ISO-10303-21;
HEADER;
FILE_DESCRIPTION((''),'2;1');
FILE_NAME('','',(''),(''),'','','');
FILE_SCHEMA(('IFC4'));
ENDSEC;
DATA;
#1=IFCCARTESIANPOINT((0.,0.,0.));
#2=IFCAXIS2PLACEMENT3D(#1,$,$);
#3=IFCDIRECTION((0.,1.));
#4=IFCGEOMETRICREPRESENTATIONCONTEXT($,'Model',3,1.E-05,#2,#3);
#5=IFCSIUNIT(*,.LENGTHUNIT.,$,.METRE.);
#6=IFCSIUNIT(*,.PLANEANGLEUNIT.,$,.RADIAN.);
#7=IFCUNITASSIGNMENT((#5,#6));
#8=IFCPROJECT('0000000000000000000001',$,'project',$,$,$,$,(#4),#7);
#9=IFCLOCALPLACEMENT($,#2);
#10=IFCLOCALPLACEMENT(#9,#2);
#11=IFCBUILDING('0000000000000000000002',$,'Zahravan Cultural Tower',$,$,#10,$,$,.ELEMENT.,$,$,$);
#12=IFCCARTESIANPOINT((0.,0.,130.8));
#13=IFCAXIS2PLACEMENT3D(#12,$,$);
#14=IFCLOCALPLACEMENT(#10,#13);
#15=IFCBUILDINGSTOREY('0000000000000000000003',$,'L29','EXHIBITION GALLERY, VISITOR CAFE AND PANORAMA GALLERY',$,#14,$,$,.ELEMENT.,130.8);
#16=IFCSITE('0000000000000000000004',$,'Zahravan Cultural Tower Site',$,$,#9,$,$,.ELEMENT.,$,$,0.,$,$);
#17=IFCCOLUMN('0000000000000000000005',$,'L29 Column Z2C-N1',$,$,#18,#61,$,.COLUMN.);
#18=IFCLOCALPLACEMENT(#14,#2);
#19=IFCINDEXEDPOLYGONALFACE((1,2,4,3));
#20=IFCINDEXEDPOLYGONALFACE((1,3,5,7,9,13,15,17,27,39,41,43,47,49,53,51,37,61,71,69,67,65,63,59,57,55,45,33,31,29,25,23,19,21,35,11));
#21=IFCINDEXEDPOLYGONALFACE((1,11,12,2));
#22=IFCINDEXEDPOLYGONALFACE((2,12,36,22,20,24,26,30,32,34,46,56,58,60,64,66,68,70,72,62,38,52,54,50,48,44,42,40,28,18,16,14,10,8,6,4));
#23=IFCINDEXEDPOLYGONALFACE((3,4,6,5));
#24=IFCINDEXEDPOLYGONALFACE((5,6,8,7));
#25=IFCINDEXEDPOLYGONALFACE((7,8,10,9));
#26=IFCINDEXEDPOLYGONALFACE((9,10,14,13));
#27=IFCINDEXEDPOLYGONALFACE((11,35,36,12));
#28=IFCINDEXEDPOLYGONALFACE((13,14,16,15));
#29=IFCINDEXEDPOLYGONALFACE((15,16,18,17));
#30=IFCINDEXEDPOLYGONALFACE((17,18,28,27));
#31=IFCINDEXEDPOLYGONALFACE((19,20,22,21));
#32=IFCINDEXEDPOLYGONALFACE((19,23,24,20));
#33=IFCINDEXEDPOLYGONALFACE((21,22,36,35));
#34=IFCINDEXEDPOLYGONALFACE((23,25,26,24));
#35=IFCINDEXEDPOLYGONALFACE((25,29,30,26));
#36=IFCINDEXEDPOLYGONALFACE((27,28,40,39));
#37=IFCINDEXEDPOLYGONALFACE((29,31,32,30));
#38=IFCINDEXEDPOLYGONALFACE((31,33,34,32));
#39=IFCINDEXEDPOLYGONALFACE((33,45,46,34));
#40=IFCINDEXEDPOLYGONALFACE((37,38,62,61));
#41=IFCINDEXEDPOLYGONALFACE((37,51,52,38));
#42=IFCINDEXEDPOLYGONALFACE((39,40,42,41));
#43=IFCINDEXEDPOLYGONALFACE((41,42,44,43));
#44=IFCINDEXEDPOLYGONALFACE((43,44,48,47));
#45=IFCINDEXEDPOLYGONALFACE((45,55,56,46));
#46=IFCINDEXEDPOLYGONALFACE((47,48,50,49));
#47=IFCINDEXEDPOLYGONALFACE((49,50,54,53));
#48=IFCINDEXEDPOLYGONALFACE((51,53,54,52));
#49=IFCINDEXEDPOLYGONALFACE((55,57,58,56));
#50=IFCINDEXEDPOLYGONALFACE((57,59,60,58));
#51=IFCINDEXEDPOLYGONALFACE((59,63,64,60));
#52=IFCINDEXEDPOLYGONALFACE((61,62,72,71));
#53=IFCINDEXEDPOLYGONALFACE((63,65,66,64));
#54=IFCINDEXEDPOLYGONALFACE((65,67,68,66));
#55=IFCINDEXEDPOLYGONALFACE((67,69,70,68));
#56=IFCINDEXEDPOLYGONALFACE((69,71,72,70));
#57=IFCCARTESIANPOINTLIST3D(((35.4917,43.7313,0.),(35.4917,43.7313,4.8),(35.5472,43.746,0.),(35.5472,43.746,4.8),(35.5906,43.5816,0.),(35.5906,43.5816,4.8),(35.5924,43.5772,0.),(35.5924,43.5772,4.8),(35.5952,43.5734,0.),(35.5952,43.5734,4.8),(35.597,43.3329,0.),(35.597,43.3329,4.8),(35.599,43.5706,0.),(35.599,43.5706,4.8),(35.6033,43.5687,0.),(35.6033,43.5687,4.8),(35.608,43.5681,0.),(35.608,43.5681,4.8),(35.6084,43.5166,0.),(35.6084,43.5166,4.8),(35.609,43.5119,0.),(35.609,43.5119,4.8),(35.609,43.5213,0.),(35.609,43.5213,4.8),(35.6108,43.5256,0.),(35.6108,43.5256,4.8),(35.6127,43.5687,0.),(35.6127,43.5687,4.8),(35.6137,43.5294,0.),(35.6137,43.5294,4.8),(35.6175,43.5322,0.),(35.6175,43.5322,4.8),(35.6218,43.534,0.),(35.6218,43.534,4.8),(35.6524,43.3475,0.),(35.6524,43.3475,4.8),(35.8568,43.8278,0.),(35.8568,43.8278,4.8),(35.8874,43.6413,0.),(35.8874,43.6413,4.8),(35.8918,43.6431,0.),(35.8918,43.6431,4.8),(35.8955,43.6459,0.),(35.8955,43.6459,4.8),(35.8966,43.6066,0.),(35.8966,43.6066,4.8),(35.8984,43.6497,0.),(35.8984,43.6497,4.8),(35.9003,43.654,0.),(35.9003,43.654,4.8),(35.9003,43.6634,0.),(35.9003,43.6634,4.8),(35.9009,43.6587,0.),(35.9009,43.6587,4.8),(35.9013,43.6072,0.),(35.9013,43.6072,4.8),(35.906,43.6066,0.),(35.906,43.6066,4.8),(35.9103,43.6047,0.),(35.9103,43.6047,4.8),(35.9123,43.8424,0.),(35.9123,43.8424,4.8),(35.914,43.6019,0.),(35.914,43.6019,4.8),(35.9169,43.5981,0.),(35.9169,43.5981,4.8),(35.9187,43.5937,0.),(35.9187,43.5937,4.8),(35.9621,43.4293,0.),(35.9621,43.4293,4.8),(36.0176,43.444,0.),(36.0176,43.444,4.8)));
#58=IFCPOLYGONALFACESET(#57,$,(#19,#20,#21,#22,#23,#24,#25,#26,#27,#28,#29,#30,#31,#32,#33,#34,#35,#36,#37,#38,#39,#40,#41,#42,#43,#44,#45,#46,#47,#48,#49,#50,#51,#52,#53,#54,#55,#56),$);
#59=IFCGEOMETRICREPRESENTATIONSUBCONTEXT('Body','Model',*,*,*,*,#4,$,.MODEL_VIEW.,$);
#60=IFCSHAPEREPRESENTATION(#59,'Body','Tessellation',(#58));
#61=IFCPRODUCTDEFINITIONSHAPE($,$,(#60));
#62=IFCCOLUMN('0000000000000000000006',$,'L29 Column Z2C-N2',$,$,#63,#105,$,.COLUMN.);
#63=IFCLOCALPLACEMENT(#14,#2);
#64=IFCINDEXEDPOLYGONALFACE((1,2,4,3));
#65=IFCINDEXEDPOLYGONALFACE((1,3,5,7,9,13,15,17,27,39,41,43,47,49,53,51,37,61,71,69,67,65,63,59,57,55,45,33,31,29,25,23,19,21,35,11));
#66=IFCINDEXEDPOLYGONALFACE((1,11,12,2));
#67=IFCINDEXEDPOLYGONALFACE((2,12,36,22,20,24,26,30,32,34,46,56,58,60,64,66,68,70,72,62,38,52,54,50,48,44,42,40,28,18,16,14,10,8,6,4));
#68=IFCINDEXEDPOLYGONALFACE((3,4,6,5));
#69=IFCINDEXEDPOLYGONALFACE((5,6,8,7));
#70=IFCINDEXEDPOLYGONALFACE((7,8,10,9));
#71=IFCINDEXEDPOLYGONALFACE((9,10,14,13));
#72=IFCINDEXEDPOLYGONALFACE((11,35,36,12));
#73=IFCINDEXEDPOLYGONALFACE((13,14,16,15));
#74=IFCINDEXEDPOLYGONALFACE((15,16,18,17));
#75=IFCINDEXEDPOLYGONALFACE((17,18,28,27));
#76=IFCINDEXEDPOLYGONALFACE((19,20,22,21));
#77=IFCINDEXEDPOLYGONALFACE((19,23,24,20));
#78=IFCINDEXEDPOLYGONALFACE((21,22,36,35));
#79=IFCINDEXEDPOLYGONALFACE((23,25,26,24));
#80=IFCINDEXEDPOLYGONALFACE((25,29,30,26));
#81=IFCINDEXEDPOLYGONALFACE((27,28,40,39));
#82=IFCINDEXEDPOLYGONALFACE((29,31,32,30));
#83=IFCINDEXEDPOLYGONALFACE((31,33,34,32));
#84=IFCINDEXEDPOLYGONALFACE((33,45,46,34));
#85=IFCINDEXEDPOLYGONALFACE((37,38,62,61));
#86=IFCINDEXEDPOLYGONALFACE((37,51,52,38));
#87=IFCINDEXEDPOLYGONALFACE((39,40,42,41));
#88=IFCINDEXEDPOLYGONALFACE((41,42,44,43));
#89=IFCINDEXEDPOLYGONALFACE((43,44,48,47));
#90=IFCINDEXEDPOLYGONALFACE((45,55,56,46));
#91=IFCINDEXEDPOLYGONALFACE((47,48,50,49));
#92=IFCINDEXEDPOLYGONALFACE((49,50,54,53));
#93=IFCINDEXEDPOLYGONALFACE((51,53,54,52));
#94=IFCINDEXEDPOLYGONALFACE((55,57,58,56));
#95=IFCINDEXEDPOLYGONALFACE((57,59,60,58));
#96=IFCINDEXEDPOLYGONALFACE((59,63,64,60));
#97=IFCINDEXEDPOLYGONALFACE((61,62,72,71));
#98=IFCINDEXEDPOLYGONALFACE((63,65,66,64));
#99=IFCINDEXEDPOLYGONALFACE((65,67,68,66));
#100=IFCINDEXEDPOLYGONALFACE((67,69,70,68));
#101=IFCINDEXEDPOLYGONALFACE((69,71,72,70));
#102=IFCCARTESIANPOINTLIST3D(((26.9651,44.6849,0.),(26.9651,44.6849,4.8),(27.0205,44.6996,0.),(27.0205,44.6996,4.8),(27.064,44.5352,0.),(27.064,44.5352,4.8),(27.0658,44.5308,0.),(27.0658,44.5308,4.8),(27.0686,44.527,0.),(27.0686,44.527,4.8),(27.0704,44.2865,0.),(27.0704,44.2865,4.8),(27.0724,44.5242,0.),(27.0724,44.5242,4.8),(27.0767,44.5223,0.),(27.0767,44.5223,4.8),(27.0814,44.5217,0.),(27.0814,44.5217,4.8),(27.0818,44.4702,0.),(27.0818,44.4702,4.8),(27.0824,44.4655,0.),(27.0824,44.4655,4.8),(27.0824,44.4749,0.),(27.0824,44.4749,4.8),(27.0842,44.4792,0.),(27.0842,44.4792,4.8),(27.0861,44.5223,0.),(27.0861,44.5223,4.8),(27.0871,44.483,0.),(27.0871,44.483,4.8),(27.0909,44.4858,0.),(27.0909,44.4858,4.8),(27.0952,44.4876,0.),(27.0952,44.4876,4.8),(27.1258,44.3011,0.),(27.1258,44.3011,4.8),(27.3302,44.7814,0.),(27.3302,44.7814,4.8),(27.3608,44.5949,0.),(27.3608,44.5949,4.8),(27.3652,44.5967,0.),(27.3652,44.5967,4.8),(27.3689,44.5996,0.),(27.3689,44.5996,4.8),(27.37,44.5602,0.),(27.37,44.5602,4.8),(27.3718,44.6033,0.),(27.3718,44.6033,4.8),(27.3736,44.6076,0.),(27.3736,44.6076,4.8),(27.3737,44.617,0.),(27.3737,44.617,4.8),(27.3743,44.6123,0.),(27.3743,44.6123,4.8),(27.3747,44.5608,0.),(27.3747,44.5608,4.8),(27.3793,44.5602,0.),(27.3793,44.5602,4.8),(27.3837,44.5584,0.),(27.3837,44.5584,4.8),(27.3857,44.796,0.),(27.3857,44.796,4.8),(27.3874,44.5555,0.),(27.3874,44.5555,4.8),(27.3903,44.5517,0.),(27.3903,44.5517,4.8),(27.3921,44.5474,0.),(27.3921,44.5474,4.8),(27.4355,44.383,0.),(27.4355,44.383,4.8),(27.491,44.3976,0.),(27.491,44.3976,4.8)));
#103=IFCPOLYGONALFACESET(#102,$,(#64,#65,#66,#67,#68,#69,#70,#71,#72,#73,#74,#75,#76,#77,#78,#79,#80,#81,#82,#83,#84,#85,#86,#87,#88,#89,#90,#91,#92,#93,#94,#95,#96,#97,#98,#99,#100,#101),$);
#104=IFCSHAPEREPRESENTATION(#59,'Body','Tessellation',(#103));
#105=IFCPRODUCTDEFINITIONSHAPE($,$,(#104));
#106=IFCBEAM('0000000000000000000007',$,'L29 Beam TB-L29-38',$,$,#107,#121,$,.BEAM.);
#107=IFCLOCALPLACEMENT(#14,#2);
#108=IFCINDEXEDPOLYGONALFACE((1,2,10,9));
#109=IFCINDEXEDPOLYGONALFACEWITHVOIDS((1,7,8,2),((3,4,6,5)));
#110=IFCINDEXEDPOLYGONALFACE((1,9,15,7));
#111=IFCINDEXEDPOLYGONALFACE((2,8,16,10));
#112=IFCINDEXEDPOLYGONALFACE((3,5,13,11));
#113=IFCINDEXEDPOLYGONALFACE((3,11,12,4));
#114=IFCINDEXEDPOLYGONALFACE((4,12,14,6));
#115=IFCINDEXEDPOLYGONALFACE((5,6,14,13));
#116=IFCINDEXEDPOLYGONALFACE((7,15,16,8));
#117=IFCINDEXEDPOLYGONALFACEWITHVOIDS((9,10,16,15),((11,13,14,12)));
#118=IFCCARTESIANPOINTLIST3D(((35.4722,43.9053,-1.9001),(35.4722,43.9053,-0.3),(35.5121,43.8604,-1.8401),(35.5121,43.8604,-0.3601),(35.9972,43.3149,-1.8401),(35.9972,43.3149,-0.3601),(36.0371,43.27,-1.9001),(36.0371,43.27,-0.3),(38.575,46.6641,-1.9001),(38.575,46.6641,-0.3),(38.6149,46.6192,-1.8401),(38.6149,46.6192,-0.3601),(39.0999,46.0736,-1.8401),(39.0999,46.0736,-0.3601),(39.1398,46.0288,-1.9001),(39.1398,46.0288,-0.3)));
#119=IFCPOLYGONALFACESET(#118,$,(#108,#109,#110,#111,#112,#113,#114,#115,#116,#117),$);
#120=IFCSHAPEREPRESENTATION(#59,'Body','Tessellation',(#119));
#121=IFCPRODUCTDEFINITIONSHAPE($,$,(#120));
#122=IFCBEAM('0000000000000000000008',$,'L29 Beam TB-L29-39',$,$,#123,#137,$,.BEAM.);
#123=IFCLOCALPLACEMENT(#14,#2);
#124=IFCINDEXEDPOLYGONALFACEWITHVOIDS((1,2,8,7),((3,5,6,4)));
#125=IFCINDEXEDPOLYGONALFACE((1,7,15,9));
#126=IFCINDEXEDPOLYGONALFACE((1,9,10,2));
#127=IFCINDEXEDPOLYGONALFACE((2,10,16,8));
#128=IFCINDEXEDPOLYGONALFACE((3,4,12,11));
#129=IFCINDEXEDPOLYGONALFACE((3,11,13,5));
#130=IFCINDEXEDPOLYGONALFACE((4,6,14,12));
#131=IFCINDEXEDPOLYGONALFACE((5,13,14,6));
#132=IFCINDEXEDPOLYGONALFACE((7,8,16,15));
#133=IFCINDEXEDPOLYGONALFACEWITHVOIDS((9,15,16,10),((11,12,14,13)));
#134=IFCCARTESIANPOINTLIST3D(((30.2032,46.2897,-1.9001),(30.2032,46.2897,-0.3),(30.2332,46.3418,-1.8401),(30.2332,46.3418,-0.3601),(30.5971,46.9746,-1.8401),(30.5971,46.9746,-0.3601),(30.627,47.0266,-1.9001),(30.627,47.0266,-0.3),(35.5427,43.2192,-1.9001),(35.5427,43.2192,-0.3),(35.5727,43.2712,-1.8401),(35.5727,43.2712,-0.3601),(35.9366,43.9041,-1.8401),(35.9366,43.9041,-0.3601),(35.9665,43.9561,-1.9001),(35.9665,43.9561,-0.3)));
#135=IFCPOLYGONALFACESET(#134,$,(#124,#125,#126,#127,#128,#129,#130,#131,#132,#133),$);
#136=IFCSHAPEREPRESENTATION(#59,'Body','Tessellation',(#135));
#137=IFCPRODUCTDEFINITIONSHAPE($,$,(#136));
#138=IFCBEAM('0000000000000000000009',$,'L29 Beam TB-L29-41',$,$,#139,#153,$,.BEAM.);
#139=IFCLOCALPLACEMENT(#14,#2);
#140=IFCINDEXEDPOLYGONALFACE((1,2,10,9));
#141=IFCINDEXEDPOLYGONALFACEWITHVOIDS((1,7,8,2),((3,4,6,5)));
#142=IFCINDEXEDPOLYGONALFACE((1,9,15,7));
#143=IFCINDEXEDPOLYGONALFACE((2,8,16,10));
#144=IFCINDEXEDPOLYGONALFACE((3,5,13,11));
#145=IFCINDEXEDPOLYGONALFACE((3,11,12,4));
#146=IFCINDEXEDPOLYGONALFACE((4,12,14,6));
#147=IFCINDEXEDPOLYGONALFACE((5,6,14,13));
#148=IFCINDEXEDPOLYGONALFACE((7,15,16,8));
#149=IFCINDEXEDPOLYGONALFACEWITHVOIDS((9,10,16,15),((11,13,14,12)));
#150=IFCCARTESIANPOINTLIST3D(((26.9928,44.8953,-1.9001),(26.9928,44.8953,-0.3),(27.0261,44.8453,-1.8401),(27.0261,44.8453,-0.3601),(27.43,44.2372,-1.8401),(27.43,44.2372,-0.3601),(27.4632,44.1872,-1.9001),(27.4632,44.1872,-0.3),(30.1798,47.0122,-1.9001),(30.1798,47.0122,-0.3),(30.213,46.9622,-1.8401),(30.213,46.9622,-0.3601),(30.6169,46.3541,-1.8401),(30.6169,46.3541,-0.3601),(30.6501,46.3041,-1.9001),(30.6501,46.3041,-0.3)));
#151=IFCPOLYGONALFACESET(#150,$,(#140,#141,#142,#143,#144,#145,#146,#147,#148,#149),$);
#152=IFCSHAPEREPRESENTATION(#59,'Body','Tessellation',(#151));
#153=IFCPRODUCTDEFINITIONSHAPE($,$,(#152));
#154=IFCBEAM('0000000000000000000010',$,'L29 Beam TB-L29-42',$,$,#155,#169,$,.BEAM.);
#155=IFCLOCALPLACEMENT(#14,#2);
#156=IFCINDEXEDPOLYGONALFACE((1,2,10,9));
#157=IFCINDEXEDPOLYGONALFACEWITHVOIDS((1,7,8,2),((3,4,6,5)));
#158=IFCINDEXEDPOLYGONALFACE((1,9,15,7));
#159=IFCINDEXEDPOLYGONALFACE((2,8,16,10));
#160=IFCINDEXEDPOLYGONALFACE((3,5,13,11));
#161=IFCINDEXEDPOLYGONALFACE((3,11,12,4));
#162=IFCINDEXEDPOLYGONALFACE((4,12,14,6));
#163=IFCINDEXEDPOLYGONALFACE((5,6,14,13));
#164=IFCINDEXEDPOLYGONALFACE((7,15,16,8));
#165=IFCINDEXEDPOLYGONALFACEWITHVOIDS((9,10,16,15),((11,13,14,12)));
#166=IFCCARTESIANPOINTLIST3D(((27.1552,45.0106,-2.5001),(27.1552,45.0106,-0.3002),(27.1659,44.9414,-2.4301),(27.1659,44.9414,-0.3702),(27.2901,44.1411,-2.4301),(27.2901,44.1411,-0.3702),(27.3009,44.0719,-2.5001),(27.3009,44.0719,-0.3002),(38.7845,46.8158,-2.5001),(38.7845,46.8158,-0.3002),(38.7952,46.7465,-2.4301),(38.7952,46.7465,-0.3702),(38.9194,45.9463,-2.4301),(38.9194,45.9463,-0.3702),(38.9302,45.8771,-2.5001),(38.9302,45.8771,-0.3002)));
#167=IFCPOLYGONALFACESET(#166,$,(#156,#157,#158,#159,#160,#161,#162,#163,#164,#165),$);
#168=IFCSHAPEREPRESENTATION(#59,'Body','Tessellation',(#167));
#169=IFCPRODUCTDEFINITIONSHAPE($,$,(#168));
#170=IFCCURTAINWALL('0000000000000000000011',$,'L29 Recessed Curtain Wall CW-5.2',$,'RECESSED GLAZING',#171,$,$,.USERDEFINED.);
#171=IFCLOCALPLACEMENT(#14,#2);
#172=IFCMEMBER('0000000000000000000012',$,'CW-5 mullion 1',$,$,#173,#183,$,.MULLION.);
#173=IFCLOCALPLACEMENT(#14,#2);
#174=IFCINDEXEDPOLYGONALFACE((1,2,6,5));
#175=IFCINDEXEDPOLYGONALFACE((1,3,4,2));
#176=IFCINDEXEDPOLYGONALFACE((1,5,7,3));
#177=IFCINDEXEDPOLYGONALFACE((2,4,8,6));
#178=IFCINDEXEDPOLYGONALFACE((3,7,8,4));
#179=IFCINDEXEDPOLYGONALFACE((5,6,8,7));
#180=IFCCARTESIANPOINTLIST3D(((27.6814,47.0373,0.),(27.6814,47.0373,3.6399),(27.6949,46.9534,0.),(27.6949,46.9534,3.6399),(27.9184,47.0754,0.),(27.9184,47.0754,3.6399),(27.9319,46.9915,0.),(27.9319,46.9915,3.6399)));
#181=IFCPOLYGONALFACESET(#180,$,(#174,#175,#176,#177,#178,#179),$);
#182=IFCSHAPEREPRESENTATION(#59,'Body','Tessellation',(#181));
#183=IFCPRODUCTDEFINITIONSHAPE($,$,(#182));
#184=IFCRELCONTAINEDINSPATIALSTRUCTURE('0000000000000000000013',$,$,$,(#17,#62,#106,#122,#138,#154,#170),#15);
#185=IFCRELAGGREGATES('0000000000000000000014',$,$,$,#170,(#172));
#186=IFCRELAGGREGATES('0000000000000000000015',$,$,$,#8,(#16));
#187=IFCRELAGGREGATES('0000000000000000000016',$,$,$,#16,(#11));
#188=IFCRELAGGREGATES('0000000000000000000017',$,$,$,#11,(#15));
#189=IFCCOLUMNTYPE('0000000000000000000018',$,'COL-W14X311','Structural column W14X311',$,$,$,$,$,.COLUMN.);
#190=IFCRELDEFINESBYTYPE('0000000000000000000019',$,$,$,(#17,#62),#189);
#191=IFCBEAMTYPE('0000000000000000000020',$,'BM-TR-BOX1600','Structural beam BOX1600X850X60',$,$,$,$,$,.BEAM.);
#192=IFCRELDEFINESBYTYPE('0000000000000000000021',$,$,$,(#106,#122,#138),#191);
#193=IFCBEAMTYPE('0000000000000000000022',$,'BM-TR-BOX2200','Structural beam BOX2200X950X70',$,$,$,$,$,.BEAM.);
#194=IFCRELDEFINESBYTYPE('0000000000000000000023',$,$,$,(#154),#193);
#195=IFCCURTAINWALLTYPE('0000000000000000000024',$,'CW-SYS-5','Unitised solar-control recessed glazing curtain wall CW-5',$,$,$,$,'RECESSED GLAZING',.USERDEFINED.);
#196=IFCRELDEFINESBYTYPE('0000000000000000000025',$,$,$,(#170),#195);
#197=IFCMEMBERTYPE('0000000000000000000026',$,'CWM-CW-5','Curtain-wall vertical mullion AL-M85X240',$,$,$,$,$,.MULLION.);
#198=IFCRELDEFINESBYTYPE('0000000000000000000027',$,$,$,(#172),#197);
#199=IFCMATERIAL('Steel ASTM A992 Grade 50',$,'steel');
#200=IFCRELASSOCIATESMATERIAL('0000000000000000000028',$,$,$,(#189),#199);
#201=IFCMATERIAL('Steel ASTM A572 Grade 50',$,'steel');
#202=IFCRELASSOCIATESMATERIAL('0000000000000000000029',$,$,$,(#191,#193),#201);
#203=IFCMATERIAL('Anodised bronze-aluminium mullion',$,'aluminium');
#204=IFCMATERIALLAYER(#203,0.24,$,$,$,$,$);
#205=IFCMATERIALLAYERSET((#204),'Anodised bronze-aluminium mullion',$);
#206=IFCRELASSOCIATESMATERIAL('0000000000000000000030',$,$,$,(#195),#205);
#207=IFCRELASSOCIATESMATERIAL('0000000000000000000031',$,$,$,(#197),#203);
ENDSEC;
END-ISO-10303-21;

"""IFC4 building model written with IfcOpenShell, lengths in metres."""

from ifc_helpers import new_model, si_unit, direction, frame, origin, origin_2d, place, context, subcontext, project, spatial, rectangle, hollow_rectangle, i_section, extrude, source, transform, mapped, material, layer, layer_set, material_profile, profile_set, type_object, element, aggregate, save


model = new_model("IFC4")

# Units and contexts
model_context = context("Model", 3, precision=1e-05, world=origin(), true_north=direction((0.0, 1.0)))
body_context = subcontext(model_context, "Body", "Model", "MODEL_VIEW")
ifc_project = project(units=[si_unit("LENGTHUNIT", "METRE"), si_unit("PLANEANGLEUNIT", "RADIAN")], contexts=[model_context])

# Site, building, storey
site_placement = place(None, origin())
site = spatial("IfcSite", under=ifc_project, at=site_placement, Name="Zahravan Cultural Tower Site", CompositionType="ELEMENT", RefElevation=0.0)
building_placement = place(site_placement, origin())
building = spatial("IfcBuilding", under=site, at=building_placement, Name="Zahravan Cultural Tower", CompositionType="ELEMENT")
storey_placement = place(building_placement, frame((0.0, 0.0, 130.8)))
storey = spatial("IfcBuildingStorey", under=building, at=storey_placement, Name="L29", Description="EXHIBITION GALLERY, VISITOR CAFE AND PANORAMA GALLERY", CompositionType="ELEMENT", Elevation=130.8)

# Columns
ifc_material_1 = material(Name="Steel ASTM A992 Grade 50", Category="steel")
ifc_material_profile_1 = material_profile(ifc_material_1, i_section(OverallWidth=0.4121, OverallDepth=0.4351, WebThickness=0.0359, FlangeThickness=0.0574, FilletRadius=0.0181, at=origin_2d()), Name="W14X311")
ifc_profile_set_1 = profile_set([ifc_material_profile_1], Name="Steel ASTM A992 Grade 50")
column_type = type_object("IfcColumnType", Name="COL-W14X311", Description="Structural column W14X311", PredefinedType="COLUMN", material=ifc_profile_set_1)
shared_shape_1 = source(origin(), body_context, "Body", "SweptSolid", [
    extrude(i_section(OverallWidth=0.4121, OverallDepth=0.4351, WebThickness=0.0359, FlangeThickness=0.0574, FilletRadius=0.0181, at=origin_2d()), origin(), (0.0, 0.0, 1.0), 4.8),
])
for number, where, z_axis, x_axis, name in (
    (1, (35.7546, 43.5876, 0.0), (0.0, 0.0, 1.0), (-0.255446, 0.966823, 0.0), "L29 Column Z2C-N1"),
    (2, (27.228, 44.5413, 0.0), (0.0, 0.0, 1.0), (-0.255446, 0.966823, 0.0), "L29 Column Z2C-N2"),
):
    element("IfcColumn", number, at=place(storey_placement, frame(where, z_axis=z_axis, x_axis=x_axis)), inside=storey, type_object=column_type, Name=name, PredefinedType="COLUMN", context=body_context, shape_type="MappedRepresentation", body=[
        mapped(shared_shape_1, transform((0.0, 0.0, 0.0), x_axis=(1.0, 0.0, 0.0), y_axis=(0.0, 1.0, 0.0), z_axis=(0.0, 0.0, 1.0), scale=1.0)),
    ])

# Beams
ifc_material_2 = material(Name="Steel ASTM A572 Grade 50", Category="steel")
ifc_material_profile_2 = material_profile(ifc_material_2, hollow_rectangle(XDim=0.8501, YDim=1.6001, WallThickness=0.0601, at=origin_2d()), Name="BOX1600X850X60")
ifc_profile_set_2 = profile_set([ifc_material_profile_2], Name="Steel ASTM A572 Grade 50")
beam_type_1 = type_object("IfcBeamType", Name="BM-TR-BOX1600", Description="Structural beam BOX1600X850X60", PredefinedType="BEAM", material=ifc_profile_set_2)
shared_shape_2 = source(origin(), body_context, "Body", "SweptSolid", [
    extrude(hollow_rectangle(XDim=0.8501, YDim=1.6001, WallThickness=0.0601, at=origin_2d()), origin(), (0.0, 0.0, 1.0), 4.1519),
])
beam_1_placement = place(storey_placement, frame((35.7546, 43.5876, -1.1001), z_axis=(0.747318, 0.664466, 0.0), x_axis=(-0.664466, 0.747318, 0.0)))
element("IfcBeam", 3, at=beam_1_placement, inside=storey, type_object=beam_type_1, Name="L29 Beam TB-L29-38", PredefinedType="BEAM", context=body_context, shape_type="MappedRepresentation", body=[
    mapped(shared_shape_2, transform((0.0, 0.0, 0.0), x_axis=(1.0, 0.0, 0.0), y_axis=(0.0, 1.0, 0.0), z_axis=(0.0, 0.0, 1.0), scale=1.0)),
])
shared_shape_3 = source(origin(), body_context, "Body", "SweptSolid", [
    extrude(hollow_rectangle(XDim=0.8501, YDim=1.6001, WallThickness=0.0601, at=origin_2d()), origin(), (0.0, 0.0, 1.0), 6.1594),
])
beam_2_placement = place(storey_placement, frame((35.7546, 43.5876, -1.1001), z_axis=(-0.866886, 0.498506, 0.0), x_axis=(-0.498506, -0.866886, 0.0)))
element("IfcBeam", 4, at=beam_2_placement, inside=storey, type_object=beam_type_1, Name="L29 Beam TB-L29-39", PredefinedType="BEAM", context=body_context, shape_type="MappedRepresentation", body=[
    mapped(shared_shape_3, transform((0.0, 0.0, 0.0), x_axis=(1.0, 0.0, 0.0), y_axis=(0.0, 1.0, 0.0), z_axis=(0.0, 0.0, 1.0), scale=1.0)),
])
shared_shape_4 = source(origin(), body_context, "Body", "SweptSolid", [
    extrude(hollow_rectangle(XDim=0.8501, YDim=1.6001, WallThickness=0.0601, at=origin_2d()), origin(), (0.0, 0.0, 1.0), 3.8259),
])
beam_3_placement = place(storey_placement, frame((27.228, 44.5413, -1.1001), z_axis=(0.832982, 0.5533, 0.0), x_axis=(-0.5533, 0.832982, 0.0)))
element("IfcBeam", 5, at=beam_3_placement, inside=storey, type_object=beam_type_1, Name="L29 Beam TB-L29-41", PredefinedType="BEAM", context=body_context, shape_type="MappedRepresentation", body=[
    mapped(shared_shape_4, transform((0.0, 0.0, 0.0), x_axis=(1.0, 0.0, 0.0), y_axis=(0.0, 1.0, 0.0), z_axis=(0.0, 0.0, 1.0), scale=1.0)),
])
ifc_material_profile_3 = material_profile(ifc_material_2, hollow_rectangle(XDim=0.95, YDim=2.2, WallThickness=0.0701, at=origin_2d()), Name="BOX2200X950X70")
ifc_profile_set_3 = profile_set([ifc_material_profile_3], Name="Steel ASTM A572 Grade 50")
beam_type_2 = type_object("IfcBeamType", Name="BM-TR-BOX2200", Description="Structural beam BOX2200X950X70", PredefinedType="BEAM", material=ifc_profile_set_3)
shared_shape_5 = source(origin(), body_context, "Body", "SweptSolid", [
    extrude(hollow_rectangle(XDim=0.95, YDim=2.2, WallThickness=0.0701, at=origin_2d()), origin(), (0.0, 0.0, 1.0), 11.7686),
])
beam_4_placement = place(storey_placement, frame((27.228, 44.5413, -1.4001), z_axis=(0.988166, 0.153388, 0.0), x_axis=(-0.153388, 0.988166, 0.0)))
element("IfcBeam", 6, at=beam_4_placement, inside=storey, type_object=beam_type_2, Name="L29 Beam TB-L29-42", PredefinedType="BEAM", context=body_context, shape_type="MappedRepresentation", body=[
    mapped(shared_shape_5, transform((0.0, 0.0, 0.0), x_axis=(1.0, 0.0, 0.0), y_axis=(0.0, 1.0, 0.0), z_axis=(0.0, 0.0, 1.0), scale=1.0)),
])

# Curtain wall, member
ifc_material_3 = material(Name="Anodised bronze-aluminium mullion", Category="aluminium")
ifc_layer_1 = layer(ifc_material_3, 0.24)
ifc_layer_set_1 = layer_set([ifc_layer_1], Name="Anodised bronze-aluminium mullion")
curtain_wall_type = type_object("IfcCurtainWallType", Name="CW-SYS-5", Description="Unitised solar-control recessed glazing curtain wall CW-5", ElementType="RECESSED GLAZING", PredefinedType="USERDEFINED", material=ifc_layer_set_1)
curtain_wall_placement = place(storey_placement, origin())
curtain_wall = element("IfcCurtainWall", 7, at=curtain_wall_placement, inside=storey, type_object=curtain_wall_type, Name="L29 Recessed Curtain Wall CW-5.2", ObjectType="RECESSED GLAZING", PredefinedType="USERDEFINED")
ifc_material_profile_4 = material_profile(ifc_material_3, rectangle(XDim=0.085, YDim=0.24, at=origin_2d()), Name="AL-M85X240")
ifc_profile_set_4 = profile_set([ifc_material_profile_4], Name="Anodised bronze-aluminium mullion")
member_type_1 = type_object("IfcMemberType", Name="CWM-CW-5", Description="Curtain-wall vertical mullion AL-M85X240", PredefinedType="MULLION", material=ifc_profile_set_4)
shared_shape_6 = source(origin(), body_context, "Body", "SweptSolid", [
    extrude(rectangle(XDim=0.085, YDim=0.24, at=origin_2d()), origin(), (0.0, 0.0, 1.0), 3.6399),
])
member_1_placement = place(storey_placement, frame((27.8066, 47.0144, 0.0), z_axis=(0.0, 0.0, 1.0), x_axis=(-0.158506, 0.987358, 0.0)))
member_1 = element("IfcMember", 8, at=member_1_placement, type_object=member_type_1, Name="CW-5 mullion 1", PredefinedType="MULLION", context=body_context, shape_type="MappedRepresentation", body=[
    mapped(shared_shape_6, transform((0.0, 0.0, 0.0), x_axis=(1.0, 0.0, 0.0), y_axis=(0.0, 1.0, 0.0), z_axis=(0.0, 0.0, 1.0), scale=1.0)),
])

aggregate(curtain_wall, [member_1])

save(model, "model.ifc")
